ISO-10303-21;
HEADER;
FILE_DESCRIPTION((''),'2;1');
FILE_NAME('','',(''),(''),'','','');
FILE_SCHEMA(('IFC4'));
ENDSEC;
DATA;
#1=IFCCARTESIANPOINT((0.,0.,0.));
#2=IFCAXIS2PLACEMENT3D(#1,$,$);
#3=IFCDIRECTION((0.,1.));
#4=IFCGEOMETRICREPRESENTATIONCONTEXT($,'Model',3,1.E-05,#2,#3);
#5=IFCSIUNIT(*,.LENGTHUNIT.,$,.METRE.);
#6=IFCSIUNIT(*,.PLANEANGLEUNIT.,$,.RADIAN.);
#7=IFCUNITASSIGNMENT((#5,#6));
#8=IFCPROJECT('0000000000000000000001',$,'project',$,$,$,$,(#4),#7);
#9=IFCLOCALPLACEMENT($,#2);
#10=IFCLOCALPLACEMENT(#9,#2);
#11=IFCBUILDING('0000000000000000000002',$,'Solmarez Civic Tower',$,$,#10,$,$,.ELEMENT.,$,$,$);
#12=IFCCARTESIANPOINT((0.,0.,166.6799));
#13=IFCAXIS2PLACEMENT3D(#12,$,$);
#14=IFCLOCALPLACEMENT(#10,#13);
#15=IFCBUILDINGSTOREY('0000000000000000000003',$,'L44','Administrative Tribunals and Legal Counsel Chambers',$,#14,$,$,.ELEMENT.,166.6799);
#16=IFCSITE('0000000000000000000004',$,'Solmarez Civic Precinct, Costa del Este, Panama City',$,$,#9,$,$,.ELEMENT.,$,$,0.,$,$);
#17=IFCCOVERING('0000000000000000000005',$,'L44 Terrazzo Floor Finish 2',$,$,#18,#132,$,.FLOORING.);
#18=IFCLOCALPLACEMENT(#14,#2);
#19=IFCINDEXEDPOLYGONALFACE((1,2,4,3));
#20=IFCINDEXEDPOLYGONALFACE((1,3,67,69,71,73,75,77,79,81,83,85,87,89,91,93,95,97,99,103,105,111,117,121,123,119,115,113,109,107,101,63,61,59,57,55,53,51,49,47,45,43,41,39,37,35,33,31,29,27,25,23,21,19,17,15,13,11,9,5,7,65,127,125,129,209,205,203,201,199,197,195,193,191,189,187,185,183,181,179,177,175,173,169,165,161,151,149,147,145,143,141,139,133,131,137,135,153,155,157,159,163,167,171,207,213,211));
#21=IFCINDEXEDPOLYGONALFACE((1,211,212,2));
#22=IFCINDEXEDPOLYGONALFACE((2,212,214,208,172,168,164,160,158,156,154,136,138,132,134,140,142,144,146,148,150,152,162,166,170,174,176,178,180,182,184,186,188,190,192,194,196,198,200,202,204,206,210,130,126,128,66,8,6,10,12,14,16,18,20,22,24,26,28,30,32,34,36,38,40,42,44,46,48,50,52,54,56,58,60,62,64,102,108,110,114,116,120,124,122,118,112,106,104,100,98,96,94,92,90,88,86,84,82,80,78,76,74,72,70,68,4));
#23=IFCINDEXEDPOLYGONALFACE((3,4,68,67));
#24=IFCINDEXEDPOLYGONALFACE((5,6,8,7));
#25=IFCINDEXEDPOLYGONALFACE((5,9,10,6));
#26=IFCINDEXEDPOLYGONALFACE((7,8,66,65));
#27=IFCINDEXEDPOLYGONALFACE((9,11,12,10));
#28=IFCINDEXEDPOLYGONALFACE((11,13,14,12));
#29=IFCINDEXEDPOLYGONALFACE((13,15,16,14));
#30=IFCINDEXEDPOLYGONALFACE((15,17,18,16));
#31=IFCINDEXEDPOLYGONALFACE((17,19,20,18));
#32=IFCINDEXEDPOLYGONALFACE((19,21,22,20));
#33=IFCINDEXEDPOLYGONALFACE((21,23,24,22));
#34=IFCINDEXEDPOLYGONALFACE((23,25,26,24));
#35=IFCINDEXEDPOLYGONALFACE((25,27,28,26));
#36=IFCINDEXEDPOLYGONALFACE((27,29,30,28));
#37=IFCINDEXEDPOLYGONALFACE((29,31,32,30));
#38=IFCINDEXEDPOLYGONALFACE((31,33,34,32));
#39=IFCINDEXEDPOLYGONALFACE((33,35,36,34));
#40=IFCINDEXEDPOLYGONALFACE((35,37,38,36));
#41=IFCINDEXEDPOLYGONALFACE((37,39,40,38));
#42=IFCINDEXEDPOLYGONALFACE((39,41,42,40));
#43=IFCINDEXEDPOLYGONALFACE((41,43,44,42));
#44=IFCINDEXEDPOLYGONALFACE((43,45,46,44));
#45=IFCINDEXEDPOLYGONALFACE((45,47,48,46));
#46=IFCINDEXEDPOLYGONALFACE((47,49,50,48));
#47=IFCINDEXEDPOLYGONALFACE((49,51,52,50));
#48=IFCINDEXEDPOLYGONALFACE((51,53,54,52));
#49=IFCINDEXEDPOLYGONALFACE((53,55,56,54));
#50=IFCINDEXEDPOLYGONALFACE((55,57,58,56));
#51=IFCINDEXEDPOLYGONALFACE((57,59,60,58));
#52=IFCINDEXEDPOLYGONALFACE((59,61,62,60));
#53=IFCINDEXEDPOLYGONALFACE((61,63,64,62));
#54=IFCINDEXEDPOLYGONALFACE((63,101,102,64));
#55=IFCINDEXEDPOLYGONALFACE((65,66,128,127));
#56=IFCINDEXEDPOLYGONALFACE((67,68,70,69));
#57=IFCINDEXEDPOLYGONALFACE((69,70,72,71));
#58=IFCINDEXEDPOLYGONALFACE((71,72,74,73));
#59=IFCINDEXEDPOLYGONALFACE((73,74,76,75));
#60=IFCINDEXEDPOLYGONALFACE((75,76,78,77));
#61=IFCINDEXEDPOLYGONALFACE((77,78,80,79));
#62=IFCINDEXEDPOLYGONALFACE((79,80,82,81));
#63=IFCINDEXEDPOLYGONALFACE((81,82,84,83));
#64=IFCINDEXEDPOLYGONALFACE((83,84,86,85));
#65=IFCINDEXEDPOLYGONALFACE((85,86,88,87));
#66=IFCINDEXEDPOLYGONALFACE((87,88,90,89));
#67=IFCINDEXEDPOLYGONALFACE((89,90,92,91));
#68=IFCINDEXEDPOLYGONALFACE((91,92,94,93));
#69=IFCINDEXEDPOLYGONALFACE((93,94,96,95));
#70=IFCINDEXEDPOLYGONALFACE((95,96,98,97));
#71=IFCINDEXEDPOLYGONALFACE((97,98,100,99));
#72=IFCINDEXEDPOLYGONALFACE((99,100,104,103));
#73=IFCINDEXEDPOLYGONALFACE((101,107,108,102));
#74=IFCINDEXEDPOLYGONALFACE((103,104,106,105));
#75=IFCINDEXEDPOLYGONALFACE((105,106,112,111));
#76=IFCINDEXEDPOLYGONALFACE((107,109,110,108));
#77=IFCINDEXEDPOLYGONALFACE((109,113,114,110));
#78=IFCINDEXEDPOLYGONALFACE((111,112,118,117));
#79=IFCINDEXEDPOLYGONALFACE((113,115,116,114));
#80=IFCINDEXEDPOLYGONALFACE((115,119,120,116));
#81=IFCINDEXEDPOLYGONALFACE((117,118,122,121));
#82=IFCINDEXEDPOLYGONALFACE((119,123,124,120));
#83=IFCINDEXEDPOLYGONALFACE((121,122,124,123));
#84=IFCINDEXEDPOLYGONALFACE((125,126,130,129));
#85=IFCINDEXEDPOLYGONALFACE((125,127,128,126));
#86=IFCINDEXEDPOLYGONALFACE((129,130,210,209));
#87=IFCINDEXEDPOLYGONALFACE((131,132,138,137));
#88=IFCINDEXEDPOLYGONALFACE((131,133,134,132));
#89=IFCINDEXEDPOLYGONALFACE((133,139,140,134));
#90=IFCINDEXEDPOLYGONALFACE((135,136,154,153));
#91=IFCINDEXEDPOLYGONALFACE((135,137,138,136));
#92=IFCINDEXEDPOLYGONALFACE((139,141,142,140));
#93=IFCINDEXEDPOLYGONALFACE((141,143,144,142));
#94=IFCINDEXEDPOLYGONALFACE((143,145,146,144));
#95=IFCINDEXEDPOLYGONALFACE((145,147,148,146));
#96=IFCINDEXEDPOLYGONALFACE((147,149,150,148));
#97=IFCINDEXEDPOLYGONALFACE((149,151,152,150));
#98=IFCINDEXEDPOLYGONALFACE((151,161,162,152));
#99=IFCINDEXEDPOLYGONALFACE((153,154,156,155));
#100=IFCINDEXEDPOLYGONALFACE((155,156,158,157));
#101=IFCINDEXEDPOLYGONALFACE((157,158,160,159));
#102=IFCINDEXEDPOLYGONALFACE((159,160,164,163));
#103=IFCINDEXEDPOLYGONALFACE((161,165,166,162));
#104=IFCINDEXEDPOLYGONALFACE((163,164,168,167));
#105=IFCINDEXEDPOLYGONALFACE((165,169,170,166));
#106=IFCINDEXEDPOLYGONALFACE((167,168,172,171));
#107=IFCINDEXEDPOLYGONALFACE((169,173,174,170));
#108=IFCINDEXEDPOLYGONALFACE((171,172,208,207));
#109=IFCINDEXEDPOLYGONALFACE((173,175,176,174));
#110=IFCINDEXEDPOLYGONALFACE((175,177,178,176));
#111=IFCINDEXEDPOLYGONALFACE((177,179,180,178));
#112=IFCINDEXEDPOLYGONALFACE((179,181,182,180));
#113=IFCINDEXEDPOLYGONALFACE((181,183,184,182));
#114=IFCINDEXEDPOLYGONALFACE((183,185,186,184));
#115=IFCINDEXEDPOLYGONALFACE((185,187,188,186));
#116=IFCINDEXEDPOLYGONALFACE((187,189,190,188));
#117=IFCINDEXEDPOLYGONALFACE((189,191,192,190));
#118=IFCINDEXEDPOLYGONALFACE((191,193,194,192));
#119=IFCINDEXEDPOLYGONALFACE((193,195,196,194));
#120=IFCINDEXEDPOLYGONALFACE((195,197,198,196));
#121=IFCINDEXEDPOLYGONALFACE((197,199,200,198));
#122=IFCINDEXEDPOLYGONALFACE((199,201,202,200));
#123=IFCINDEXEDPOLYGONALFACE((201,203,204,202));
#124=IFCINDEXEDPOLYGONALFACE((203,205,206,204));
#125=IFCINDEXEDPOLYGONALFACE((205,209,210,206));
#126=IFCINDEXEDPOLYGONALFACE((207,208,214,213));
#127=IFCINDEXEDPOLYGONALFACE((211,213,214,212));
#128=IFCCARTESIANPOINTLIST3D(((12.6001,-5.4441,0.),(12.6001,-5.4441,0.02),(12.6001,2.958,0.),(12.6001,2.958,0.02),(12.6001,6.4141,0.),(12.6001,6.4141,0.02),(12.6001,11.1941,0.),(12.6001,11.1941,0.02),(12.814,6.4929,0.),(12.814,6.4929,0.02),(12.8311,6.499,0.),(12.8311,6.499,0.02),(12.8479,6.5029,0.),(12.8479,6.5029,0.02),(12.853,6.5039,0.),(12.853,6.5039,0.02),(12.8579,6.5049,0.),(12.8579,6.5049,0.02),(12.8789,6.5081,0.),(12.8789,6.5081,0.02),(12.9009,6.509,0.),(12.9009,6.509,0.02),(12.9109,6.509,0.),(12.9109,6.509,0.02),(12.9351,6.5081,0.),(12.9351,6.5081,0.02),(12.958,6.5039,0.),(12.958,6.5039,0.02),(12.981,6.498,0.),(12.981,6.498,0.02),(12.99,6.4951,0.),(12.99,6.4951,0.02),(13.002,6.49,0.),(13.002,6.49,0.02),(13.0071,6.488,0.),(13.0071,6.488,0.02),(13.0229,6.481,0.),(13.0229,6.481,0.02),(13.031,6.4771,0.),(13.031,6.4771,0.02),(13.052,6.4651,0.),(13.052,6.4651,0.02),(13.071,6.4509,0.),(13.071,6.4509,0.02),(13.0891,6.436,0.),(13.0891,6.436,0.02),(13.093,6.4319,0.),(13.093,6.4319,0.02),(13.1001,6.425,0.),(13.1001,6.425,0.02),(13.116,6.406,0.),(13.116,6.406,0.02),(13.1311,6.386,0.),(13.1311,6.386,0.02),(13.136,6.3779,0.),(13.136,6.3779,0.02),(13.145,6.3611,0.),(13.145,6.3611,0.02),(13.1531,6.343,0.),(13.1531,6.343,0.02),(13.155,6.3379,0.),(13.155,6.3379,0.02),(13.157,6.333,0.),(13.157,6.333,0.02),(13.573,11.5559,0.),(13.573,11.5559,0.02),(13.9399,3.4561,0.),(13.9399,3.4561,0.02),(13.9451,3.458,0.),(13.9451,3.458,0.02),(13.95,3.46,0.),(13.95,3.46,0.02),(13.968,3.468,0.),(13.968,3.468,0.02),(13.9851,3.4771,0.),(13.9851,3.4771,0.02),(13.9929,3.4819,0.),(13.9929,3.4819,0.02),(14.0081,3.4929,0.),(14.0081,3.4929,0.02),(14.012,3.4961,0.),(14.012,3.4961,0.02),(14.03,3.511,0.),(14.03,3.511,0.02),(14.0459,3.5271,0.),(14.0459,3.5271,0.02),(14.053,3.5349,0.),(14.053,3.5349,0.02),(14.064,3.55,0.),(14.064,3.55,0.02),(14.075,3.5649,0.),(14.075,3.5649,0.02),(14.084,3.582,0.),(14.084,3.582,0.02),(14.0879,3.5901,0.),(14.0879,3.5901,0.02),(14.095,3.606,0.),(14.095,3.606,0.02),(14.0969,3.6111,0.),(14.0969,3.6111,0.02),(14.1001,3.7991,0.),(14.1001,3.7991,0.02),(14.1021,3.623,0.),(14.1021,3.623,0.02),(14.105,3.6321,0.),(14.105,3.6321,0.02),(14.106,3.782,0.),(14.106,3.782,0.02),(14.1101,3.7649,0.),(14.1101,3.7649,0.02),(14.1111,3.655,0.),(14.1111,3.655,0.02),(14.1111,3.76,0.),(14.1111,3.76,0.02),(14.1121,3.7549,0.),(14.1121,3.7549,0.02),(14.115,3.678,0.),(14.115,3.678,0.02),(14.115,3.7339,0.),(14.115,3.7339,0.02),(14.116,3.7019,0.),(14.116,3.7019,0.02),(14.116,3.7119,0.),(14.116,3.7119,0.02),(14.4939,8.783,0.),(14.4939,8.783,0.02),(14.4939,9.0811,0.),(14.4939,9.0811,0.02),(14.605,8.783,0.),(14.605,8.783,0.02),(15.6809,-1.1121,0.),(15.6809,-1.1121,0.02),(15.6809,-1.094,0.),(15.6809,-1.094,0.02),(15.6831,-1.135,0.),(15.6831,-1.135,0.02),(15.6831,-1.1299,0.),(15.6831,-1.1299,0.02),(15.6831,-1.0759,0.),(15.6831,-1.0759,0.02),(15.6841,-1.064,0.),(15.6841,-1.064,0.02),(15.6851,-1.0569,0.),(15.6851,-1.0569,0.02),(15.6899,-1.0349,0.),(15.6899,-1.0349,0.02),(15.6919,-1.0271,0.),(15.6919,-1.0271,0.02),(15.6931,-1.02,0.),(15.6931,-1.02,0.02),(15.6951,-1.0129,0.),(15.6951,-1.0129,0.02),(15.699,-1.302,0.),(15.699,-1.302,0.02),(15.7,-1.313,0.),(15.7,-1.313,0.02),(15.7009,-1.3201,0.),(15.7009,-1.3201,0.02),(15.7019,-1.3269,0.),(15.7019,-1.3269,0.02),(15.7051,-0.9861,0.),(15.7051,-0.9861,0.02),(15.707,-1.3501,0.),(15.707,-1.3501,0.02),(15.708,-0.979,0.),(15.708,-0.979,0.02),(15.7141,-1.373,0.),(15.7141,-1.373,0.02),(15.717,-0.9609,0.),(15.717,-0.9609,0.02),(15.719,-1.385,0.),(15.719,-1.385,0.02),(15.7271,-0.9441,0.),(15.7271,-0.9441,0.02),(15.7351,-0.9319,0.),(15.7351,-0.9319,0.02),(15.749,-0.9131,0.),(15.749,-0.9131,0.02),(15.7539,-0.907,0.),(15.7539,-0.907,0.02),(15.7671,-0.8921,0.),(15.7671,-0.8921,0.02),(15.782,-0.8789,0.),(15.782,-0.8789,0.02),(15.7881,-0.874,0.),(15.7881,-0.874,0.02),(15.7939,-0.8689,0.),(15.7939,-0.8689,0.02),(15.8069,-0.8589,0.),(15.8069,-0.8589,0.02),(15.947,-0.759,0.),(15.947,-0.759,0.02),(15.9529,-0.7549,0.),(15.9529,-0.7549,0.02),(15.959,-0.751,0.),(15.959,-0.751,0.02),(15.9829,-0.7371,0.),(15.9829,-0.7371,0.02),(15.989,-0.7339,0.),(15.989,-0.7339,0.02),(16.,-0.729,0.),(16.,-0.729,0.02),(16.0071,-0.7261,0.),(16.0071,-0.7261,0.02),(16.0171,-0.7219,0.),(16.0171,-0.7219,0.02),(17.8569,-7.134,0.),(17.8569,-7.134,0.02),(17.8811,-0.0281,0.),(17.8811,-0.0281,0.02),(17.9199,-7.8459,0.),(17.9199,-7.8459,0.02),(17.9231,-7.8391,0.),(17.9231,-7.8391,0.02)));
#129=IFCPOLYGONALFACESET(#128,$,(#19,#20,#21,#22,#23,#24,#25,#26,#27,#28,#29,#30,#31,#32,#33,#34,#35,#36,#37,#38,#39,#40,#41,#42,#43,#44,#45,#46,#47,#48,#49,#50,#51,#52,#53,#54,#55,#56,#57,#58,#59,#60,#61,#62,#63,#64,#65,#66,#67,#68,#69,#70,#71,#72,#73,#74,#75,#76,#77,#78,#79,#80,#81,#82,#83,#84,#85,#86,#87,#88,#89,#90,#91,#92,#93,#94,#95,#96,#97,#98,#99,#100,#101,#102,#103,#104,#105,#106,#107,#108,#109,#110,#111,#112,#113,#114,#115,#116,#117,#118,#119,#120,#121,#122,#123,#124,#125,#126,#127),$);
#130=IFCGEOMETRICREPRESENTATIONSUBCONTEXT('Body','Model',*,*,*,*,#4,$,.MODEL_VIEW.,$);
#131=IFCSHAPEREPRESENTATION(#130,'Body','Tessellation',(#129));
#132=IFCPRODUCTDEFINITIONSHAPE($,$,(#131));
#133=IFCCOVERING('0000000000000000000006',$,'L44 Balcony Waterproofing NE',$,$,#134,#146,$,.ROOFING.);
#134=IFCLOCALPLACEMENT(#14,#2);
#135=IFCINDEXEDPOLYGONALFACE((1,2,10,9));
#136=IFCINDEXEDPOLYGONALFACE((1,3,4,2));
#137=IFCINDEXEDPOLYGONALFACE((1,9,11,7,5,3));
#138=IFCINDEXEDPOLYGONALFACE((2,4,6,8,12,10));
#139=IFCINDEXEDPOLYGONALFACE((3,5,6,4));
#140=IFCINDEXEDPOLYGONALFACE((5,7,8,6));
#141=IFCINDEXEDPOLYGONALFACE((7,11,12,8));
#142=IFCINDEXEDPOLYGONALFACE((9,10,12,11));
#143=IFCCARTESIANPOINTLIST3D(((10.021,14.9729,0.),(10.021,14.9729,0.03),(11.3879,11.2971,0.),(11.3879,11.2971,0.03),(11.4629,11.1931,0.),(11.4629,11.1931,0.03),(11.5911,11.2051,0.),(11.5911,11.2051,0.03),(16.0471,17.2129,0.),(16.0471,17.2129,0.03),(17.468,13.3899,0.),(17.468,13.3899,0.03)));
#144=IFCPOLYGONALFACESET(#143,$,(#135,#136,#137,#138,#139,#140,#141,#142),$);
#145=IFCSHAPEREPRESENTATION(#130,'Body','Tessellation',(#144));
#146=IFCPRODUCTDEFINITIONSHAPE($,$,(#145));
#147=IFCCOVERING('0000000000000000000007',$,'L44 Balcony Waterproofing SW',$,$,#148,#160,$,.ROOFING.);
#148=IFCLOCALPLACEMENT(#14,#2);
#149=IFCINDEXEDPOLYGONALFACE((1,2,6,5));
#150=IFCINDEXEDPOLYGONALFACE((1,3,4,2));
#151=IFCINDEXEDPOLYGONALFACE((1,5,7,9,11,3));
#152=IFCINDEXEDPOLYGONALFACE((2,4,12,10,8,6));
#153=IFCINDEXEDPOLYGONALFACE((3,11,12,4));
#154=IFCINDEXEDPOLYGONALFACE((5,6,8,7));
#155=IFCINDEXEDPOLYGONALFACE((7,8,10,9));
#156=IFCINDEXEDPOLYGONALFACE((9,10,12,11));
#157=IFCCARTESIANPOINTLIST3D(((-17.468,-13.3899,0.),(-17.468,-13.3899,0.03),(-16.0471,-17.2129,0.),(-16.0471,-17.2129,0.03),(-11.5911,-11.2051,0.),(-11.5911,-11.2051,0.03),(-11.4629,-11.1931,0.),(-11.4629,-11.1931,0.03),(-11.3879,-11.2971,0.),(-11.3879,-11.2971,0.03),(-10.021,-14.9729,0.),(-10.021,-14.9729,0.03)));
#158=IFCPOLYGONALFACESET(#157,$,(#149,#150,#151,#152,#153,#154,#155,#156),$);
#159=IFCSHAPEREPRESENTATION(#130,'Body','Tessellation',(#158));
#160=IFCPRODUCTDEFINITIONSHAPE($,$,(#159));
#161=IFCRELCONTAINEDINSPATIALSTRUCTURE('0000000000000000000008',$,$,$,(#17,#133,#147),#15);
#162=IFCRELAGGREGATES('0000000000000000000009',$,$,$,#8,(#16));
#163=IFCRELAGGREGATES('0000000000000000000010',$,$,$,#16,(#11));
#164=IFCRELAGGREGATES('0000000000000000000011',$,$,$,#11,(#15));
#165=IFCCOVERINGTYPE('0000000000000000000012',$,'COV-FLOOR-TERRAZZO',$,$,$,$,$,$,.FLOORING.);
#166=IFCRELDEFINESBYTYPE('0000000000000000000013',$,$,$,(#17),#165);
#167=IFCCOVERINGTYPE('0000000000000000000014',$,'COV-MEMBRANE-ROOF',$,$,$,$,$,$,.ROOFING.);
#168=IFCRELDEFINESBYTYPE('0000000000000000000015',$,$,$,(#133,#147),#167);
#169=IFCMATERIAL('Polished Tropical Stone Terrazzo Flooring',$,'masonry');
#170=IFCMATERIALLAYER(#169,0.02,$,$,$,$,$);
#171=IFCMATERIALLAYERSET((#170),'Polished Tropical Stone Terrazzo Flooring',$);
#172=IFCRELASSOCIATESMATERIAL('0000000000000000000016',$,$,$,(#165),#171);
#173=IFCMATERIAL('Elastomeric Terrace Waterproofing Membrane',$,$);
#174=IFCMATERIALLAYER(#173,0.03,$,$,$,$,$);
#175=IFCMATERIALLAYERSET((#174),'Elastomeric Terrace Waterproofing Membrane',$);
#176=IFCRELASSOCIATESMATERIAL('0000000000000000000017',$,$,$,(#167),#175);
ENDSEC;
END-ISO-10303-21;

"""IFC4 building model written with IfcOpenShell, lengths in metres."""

from ifc_helpers import new_model, si_unit, direction, frame, origin, place, context, subcontext, project, spatial, polyline, outline, extrude, material, layer, layer_set, type_object, element, save


model = new_model("IFC4")

# Units and contexts
model_context = context("Model", 3, precision=1e-05, world=origin(), true_north=direction((0.0, 1.0)))
body_context = subcontext(model_context, "Body", "Model", "MODEL_VIEW")
ifc_project = project(units=[si_unit("LENGTHUNIT", "METRE"), si_unit("PLANEANGLEUNIT", "RADIAN")], contexts=[model_context])

# Site, building, storey
site_placement = place(None, origin())
site = spatial("IfcSite", under=ifc_project, at=site_placement, Name="Solmarez Civic Precinct, Costa del Este, Panama City", CompositionType="ELEMENT", RefElevation=0.0)
building_placement = place(site_placement, origin())
building = spatial("IfcBuilding", under=site, at=building_placement, Name="Solmarez Civic Tower", CompositionType="ELEMENT")
storey_placement = place(building_placement, frame((0.0, 0.0, 166.6799)))
storey = spatial("IfcBuildingStorey", under=building, at=storey_placement, Name="L44", Description="Administrative Tribunals and Legal Counsel Chambers", CompositionType="ELEMENT", Elevation=166.6799)

# Coverings
ifc_material_1 = material(Name="Polished Tropical Stone Terrazzo Flooring", Category="masonry")
ifc_layer_1 = layer(ifc_material_1, 0.02)
ifc_layer_set_1 = layer_set([ifc_layer_1], Name="Polished Tropical Stone Terrazzo Flooring")
covering_type_1 = type_object("IfcCoveringType", Name="COV-FLOOR-TERRAZZO", PredefinedType="FLOORING", material=ifc_layer_set_1)
covering_1_placement = place(storey_placement, origin())
element("IfcCovering", 1, at=covering_1_placement, inside=storey, type_object=covering_type_1, Name="L44 Terrazzo Floor Finish 2", PredefinedType="FLOORING", context=body_context, shape_type="SweptSolid", body=[
    extrude(outline(polyline([(12.6001, 11.1941), (12.6001, 6.4141), (12.814, 6.4929), (12.8311, 6.499), (12.8479, 6.5029), (12.853, 6.5039), (12.8579, 6.5049), (12.8789, 6.5081), (12.9009, 6.509), (12.9109, 6.509), (12.9351, 6.5081), (12.958, 6.5039), (12.981, 6.498), (12.99, 6.4951), (13.002, 6.49), (13.0071, 6.488), (13.0229, 6.481), (13.031, 6.4771), (13.052, 6.4651), (13.071, 6.4509), (13.0891, 6.436), (13.093, 6.4319), (13.1001, 6.425), (13.116, 6.406), (13.1311, 6.386), (13.136, 6.3779), (13.145, 6.3611), (13.1531, 6.343), (13.155, 6.3379), (13.157, 6.333), (14.1001, 3.7991), (14.106, 3.782), (14.1101, 3.7649), (14.1111, 3.76), (14.1121, 3.7549), (14.115, 3.7339), (14.116, 3.7119), (14.116, 3.7019), (14.115, 3.678), (14.1111, 3.655), (14.105, 3.6321), (14.1021, 3.623), (14.0969, 3.6111), (14.095, 3.606), (14.0879, 3.5901), (14.084, 3.582), (14.075, 3.5649), (14.064, 3.55), (14.053, 3.5349), (14.0459, 3.5271), (14.03, 3.511), (14.012, 3.4961), (14.0081, 3.4929), (13.9929, 3.4819), (13.9851, 3.4771), (13.968, 3.468), (13.95, 3.46), (13.9451, 3.458), (13.9399, 3.4561), (12.6001, 2.958), (12.6001, -5.4441), (17.9199, -7.8459), (17.9231, -7.8391), (17.8569, -7.134), (15.719, -1.385), (15.7141, -1.373), (15.707, -1.3501), (15.7019, -1.3269), (15.7009, -1.3201), (15.7, -1.313), (15.699, -1.302), (15.6831, -1.135), (15.6831, -1.1299), (15.6809, -1.1121), (15.6809, -1.094), (15.6831, -1.0759), (15.6841, -1.064), (15.6851, -1.0569), (15.6899, -1.0349), (15.6919, -1.0271), (15.6931, -1.02), (15.6951, -1.0129), (15.7051, -0.9861), (15.708, -0.979), (15.717, -0.9609), (15.7271, -0.9441), (15.7351, -0.9319), (15.749, -0.9131), (15.7539, -0.907), (15.7671, -0.8921), (15.782, -0.8789), (15.7881, -0.874), (15.7939, -0.8689), (15.8069, -0.8589), (15.947, -0.759), (15.9529, -0.7549), (15.959, -0.751), (15.9829, -0.7371), (15.989, -0.7339), (16.0, -0.729), (16.0071, -0.7261), (16.0171, -0.7219), (17.8811, -0.0281), (14.605, 8.783), (14.4939, 8.783), (14.4939, 9.0811), (13.573, 11.5559), (12.6001, 11.1941)])), origin(), (0.0, 0.0, 1.0), 0.02),
])
ifc_material_2 = material(Name="Elastomeric Terrace Waterproofing Membrane")
ifc_layer_2 = layer(ifc_material_2, 0.03)
ifc_layer_set_2 = layer_set([ifc_layer_2], Name="Elastomeric Terrace Waterproofing Membrane")
covering_type_2 = type_object("IfcCoveringType", Name="COV-MEMBRANE-ROOF", PredefinedType="ROOFING", material=ifc_layer_set_2)
covering_2_placement = place(storey_placement, origin())
element("IfcCovering", 2, at=covering_2_placement, inside=storey, type_object=covering_type_2, Name="L44 Balcony Waterproofing NE", PredefinedType="ROOFING", context=body_context, shape_type="SweptSolid", body=[
    extrude(outline(polyline([(11.3879, 11.2971), (11.4629, 11.1931), (11.5911, 11.2051), (17.468, 13.3899), (16.0471, 17.2129), (10.021, 14.9729), (11.3879, 11.2971)])), origin(), (0.0, 0.0, 1.0), 0.03),
])
covering_3_placement = place(storey_placement, origin())
element("IfcCovering", 3, at=covering_3_placement, inside=storey, type_object=covering_type_2, Name="L44 Balcony Waterproofing SW", PredefinedType="ROOFING", context=body_context, shape_type="SweptSolid", body=[
    extrude(outline(polyline([(-11.3879, -11.2971), (-11.4629, -11.1931), (-11.5911, -11.2051), (-17.468, -13.3899), (-16.0471, -17.2129), (-10.021, -14.9729), (-11.3879, -11.2971)])), origin(), (0.0, 0.0, 1.0), 0.03),
])

save(model, "model.ifc")
